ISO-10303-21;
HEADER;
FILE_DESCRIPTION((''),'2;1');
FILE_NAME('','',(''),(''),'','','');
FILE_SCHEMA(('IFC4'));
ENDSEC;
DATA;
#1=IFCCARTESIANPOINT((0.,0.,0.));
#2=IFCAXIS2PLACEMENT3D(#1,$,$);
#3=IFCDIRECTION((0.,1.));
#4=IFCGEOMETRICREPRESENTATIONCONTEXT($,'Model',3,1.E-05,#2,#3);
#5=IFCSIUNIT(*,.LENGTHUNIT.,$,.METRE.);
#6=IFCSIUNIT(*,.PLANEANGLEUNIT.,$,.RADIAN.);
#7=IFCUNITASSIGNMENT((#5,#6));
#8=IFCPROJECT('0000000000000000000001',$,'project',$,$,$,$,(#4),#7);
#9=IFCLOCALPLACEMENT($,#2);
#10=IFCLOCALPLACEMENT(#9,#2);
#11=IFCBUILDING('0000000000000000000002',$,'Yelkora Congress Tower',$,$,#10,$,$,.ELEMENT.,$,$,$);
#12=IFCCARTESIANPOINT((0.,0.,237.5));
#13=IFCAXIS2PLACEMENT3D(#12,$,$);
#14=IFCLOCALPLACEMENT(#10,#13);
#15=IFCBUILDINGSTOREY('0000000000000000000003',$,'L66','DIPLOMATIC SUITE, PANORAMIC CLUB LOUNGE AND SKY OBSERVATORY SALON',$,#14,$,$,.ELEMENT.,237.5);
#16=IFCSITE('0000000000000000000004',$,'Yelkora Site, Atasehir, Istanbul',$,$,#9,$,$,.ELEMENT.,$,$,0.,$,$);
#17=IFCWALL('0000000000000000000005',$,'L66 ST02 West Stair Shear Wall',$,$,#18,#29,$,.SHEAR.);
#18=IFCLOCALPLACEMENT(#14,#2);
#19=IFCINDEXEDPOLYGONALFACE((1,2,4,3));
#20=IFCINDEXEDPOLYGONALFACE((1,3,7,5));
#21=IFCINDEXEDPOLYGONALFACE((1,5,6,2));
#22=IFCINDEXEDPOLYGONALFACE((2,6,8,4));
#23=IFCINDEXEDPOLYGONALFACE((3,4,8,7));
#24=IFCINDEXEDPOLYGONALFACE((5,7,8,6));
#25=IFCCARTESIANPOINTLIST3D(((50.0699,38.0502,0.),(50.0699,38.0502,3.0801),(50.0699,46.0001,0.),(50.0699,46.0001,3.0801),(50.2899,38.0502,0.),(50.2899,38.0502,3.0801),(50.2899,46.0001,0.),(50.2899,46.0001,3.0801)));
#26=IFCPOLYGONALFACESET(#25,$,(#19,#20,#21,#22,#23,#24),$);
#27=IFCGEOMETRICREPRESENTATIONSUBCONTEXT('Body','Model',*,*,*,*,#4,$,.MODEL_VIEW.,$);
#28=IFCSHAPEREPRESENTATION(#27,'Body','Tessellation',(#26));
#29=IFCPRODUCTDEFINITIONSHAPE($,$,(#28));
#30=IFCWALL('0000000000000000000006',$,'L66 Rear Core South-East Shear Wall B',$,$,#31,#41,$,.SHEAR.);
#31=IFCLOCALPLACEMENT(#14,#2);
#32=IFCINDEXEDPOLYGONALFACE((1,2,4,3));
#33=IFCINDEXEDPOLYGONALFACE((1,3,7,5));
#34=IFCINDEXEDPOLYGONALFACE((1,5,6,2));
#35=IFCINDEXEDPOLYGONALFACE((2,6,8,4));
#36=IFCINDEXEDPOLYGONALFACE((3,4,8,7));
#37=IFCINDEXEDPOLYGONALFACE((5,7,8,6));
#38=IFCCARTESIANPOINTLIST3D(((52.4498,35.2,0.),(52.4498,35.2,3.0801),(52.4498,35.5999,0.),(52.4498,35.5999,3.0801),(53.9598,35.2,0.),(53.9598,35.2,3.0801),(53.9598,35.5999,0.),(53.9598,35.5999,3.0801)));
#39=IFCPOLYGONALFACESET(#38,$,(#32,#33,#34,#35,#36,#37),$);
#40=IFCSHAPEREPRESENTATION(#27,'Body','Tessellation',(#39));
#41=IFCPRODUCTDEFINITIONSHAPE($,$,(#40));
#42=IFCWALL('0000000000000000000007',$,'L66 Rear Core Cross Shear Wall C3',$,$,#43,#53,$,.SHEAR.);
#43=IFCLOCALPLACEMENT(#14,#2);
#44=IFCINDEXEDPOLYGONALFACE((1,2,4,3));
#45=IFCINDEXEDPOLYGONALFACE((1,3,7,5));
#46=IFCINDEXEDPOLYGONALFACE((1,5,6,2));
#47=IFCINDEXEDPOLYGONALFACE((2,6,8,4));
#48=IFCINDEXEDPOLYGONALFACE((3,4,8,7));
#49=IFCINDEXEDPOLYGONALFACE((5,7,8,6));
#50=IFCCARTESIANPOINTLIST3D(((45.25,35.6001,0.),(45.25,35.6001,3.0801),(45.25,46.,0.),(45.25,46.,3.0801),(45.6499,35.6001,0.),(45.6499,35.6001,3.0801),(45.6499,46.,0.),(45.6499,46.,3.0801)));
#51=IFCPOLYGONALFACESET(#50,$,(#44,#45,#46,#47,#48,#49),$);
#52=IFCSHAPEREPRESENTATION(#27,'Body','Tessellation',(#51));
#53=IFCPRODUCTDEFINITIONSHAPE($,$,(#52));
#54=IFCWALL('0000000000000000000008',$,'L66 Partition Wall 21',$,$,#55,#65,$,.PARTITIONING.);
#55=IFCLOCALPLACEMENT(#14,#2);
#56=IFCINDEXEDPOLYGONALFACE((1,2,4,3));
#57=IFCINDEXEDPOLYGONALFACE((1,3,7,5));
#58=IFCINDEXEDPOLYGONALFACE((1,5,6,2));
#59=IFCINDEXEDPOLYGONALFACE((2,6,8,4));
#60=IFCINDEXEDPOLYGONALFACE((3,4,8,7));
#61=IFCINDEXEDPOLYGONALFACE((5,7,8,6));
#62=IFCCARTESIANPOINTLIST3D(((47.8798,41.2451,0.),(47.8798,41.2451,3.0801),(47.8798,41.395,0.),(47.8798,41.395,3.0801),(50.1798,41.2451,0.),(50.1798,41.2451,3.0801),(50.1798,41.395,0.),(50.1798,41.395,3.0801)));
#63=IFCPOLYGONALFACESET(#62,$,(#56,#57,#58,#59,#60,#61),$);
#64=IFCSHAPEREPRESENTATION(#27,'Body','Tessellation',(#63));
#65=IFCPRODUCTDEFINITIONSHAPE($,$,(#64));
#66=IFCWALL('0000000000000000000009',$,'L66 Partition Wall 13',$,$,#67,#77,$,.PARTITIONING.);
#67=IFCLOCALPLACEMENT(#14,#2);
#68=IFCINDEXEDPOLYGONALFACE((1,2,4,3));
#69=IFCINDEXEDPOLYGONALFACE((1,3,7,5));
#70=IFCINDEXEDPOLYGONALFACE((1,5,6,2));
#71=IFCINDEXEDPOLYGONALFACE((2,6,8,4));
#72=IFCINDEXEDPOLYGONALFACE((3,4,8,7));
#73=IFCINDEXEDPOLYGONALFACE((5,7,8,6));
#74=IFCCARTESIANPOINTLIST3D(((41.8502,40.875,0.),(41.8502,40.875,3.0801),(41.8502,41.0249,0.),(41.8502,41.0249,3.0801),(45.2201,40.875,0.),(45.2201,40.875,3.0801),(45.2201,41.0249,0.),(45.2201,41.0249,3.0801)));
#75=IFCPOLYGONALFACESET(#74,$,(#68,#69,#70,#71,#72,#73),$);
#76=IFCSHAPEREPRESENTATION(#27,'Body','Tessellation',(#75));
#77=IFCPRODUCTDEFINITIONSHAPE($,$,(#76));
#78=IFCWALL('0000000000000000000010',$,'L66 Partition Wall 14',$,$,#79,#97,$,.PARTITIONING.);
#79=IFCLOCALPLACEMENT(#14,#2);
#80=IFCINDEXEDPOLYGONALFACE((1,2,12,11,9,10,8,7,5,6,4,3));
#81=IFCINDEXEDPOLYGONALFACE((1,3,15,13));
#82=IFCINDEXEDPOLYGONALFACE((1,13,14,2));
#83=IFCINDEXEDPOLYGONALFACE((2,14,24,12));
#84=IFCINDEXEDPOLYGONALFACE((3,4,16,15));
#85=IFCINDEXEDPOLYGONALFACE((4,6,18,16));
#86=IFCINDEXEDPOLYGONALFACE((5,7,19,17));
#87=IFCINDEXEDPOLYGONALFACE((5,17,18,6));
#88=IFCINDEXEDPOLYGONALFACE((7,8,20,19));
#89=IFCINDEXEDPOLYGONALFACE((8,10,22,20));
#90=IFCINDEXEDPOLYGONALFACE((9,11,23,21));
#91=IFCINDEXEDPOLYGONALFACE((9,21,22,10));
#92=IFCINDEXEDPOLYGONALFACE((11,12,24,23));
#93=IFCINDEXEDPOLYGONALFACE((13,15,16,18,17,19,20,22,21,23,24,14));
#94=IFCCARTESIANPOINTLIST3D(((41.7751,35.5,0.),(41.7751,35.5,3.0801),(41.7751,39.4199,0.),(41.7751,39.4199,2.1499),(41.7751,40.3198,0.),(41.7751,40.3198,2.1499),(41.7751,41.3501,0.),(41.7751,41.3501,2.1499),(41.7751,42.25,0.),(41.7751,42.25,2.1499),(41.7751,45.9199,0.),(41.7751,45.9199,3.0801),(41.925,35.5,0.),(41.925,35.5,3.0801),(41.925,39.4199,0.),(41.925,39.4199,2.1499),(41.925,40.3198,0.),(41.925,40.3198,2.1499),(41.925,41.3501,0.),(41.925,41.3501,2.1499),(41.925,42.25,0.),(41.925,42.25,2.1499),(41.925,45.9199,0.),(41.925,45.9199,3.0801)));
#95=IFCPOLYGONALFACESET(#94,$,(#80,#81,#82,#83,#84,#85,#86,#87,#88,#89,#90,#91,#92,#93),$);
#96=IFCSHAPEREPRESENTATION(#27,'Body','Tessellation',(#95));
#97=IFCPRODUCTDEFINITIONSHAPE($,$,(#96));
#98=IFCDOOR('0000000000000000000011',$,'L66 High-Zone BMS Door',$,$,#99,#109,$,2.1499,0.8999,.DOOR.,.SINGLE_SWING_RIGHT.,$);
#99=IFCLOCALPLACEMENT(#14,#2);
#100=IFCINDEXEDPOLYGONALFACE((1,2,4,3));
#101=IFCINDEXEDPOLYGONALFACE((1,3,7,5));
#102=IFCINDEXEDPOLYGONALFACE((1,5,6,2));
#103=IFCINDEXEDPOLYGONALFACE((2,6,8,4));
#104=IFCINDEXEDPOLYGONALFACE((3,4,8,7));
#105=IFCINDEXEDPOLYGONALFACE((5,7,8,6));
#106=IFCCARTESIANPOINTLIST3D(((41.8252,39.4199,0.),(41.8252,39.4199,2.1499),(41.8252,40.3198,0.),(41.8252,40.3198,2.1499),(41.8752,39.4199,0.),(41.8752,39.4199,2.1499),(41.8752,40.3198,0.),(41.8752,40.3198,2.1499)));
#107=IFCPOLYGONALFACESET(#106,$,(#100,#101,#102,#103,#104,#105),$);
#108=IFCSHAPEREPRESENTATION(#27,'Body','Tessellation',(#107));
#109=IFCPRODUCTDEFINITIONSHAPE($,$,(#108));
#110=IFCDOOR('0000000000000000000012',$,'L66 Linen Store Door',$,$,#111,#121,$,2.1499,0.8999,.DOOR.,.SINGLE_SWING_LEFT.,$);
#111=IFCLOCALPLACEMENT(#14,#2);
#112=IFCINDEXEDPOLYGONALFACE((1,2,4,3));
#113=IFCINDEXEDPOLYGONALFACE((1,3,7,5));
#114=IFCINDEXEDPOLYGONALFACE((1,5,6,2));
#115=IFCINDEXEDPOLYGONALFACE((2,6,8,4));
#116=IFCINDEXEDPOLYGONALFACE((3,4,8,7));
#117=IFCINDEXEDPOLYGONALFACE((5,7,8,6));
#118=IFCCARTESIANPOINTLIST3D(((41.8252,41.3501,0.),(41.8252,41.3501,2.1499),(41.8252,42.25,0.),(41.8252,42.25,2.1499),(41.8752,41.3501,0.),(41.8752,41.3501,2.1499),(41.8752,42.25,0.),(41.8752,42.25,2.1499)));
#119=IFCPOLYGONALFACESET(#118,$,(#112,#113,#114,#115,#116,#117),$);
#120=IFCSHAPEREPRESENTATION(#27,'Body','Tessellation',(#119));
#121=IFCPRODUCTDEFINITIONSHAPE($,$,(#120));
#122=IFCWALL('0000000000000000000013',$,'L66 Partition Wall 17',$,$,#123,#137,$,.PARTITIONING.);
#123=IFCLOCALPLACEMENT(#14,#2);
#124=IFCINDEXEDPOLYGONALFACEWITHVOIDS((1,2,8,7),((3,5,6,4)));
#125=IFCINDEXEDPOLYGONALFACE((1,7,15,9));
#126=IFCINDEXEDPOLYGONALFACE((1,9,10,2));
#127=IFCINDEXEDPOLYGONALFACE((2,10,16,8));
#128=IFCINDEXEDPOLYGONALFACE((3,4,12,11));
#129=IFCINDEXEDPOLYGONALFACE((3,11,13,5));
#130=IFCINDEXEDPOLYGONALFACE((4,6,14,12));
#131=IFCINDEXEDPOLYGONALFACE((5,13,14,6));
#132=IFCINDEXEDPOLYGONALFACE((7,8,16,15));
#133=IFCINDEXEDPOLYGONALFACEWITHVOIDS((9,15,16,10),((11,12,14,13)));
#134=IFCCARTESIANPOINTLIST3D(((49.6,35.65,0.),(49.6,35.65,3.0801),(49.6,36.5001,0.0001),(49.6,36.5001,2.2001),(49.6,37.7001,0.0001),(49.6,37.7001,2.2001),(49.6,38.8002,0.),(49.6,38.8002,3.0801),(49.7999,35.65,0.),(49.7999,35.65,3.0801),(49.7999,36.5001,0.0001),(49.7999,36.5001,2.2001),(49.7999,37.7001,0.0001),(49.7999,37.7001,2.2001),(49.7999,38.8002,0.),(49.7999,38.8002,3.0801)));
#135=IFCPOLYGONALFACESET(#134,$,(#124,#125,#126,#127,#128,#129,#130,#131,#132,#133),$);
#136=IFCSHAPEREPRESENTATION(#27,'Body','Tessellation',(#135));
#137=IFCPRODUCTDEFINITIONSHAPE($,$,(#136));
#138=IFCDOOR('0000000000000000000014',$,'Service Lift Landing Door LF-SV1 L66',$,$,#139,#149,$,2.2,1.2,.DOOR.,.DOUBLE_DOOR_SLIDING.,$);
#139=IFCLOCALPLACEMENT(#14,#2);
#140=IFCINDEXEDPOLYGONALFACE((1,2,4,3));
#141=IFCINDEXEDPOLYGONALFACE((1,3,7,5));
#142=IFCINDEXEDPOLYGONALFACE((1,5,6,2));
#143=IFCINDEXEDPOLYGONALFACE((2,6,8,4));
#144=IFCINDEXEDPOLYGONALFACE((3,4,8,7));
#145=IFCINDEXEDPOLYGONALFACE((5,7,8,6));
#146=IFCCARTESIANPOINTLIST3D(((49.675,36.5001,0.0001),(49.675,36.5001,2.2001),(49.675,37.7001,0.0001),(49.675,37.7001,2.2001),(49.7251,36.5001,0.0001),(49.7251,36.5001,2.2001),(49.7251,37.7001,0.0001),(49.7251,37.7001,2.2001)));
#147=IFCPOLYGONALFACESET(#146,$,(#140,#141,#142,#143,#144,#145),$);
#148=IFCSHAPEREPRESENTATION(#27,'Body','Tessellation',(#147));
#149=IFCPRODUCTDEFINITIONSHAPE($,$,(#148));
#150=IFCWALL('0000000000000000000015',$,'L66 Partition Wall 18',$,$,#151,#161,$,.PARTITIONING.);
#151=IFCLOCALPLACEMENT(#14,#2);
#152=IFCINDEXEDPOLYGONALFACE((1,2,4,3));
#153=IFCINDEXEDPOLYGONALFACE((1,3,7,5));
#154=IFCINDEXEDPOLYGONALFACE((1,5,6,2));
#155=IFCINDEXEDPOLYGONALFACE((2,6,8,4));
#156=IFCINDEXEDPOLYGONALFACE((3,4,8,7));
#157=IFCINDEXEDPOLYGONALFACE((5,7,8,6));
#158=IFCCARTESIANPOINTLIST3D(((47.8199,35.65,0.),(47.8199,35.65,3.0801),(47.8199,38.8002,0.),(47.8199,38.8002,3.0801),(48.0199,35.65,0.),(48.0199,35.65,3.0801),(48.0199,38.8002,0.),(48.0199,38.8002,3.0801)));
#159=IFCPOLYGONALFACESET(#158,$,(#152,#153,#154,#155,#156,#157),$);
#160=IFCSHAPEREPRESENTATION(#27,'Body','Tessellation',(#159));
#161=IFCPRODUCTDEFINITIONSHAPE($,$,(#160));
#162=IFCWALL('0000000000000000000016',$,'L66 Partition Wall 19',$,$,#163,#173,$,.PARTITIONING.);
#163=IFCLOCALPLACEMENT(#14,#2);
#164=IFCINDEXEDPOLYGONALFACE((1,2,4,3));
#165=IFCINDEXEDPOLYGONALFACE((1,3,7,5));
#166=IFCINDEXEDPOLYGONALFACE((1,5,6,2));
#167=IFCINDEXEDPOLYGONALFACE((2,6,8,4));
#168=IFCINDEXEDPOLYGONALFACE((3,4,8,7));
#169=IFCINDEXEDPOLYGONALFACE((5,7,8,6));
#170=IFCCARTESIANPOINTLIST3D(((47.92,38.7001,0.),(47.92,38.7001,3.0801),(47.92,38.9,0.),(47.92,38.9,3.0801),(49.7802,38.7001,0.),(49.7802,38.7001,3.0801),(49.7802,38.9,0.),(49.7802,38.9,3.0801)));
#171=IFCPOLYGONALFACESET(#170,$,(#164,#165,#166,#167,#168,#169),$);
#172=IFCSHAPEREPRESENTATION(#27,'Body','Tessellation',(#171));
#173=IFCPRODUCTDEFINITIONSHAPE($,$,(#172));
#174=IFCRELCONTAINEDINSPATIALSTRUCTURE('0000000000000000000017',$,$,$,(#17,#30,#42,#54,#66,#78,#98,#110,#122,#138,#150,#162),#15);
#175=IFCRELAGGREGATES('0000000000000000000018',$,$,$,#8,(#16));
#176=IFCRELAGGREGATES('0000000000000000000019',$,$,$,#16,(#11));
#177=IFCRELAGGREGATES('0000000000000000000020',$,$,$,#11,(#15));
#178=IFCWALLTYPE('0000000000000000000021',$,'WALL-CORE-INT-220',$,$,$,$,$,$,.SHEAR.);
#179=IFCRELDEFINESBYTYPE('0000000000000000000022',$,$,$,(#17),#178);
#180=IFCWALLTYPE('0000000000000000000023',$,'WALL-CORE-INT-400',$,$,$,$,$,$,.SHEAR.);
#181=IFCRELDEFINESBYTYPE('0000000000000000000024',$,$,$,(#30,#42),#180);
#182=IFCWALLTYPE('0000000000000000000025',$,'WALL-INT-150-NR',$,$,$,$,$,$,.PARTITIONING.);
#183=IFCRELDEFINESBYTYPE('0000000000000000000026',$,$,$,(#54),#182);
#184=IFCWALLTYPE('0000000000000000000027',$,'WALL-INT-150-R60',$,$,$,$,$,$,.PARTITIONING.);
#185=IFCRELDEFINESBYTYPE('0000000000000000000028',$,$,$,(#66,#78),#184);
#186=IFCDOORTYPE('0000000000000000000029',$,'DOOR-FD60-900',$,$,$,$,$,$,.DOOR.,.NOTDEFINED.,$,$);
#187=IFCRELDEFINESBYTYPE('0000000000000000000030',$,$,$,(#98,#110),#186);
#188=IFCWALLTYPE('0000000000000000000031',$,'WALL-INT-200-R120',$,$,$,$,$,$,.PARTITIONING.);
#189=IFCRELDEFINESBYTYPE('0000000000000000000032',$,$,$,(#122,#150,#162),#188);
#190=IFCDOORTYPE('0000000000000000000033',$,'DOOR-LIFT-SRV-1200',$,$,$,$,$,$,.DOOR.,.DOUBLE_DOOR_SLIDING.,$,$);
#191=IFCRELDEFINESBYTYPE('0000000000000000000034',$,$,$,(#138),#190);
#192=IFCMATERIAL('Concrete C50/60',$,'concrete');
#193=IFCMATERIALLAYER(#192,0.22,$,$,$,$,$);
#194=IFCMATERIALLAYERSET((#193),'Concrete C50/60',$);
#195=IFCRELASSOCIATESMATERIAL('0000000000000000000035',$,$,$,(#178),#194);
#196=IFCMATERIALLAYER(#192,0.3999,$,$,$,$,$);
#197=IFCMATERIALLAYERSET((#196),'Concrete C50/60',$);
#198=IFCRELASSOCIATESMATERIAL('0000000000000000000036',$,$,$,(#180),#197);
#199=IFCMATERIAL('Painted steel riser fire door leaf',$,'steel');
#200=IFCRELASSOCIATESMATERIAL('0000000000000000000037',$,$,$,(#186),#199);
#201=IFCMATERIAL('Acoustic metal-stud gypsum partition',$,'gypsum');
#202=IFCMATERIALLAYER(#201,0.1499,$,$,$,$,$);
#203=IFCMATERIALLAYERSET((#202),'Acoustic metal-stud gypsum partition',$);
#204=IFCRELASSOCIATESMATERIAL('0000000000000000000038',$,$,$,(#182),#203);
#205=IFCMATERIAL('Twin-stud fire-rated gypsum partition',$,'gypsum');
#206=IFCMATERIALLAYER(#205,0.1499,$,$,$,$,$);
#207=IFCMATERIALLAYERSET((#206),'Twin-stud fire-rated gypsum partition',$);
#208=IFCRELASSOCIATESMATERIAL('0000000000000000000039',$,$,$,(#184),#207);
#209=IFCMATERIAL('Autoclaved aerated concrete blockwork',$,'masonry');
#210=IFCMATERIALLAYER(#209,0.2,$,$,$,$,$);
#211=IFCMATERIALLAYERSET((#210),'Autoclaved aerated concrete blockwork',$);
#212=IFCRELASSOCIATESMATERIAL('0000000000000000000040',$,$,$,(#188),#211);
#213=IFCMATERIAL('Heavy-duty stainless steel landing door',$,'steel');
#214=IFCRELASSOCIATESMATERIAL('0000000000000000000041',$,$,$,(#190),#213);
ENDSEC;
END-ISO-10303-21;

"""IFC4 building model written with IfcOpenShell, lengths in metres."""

from ifc_helpers import new_model, si_unit, direction, frame, frame_2d, origin, place, context, subcontext, project, spatial, rectangle, extrude, material, layer, layer_set, type_object, element, fill, save


model = new_model("IFC4")

# Units and contexts
model_context = context("Model", 3, precision=1e-05, world=origin(), true_north=direction((0.0, 1.0)))
body_context = subcontext(model_context, "Body", "Model", "MODEL_VIEW")
ifc_project = project(units=[si_unit("LENGTHUNIT", "METRE"), si_unit("PLANEANGLEUNIT", "RADIAN")], contexts=[model_context])

# Site, building, storey
site_placement = place(None, origin())
site = spatial("IfcSite", under=ifc_project, at=site_placement, Name="Yelkora Site, Atasehir, Istanbul", CompositionType="ELEMENT", RefElevation=0.0)
building_placement = place(site_placement, origin())
building = spatial("IfcBuilding", under=site, at=building_placement, Name="Yelkora Congress Tower", CompositionType="ELEMENT")
storey_placement = place(building_placement, frame((0.0, 0.0, 237.5)))
storey = spatial("IfcBuildingStorey", under=building, at=storey_placement, Name="L66", Description="DIPLOMATIC SUITE, PANORAMIC CLUB LOUNGE AND SKY OBSERVATORY SALON", CompositionType="ELEMENT", Elevation=237.5)

# Wall
ifc_material_1 = material(Name="Concrete C50/60", Category="concrete")
ifc_layer_1 = layer(ifc_material_1, 0.22)
ifc_layer_set_1 = layer_set([ifc_layer_1], Name="Concrete C50/60")
wall_type_1 = type_object("IfcWallType", Name="WALL-CORE-INT-220", PredefinedType="SHEAR", material=ifc_layer_set_1)
wall_1_placement = place(storey_placement, frame((50.1799, 38.05, 0.0), z_axis=(0.0, 0.0, 1.0), x_axis=(0.0, 1.0, 0.0)))
element("IfcWall", 1, at=wall_1_placement, inside=storey, type_object=wall_type_1, Name="L66 ST02 West Stair Shear Wall", PredefinedType="SHEAR", context=body_context, shape_type="SweptSolid", body=[
    extrude(rectangle(XDim=7.95, YDim=0.22, at=frame_2d((3.9751, 0.0))), origin(), (0.0, 0.0, 1.0), 3.0801),
])

# Shared definitions
ifc_layer_2 = layer(ifc_material_1, 0.3999)
ifc_layer_set_2 = layer_set([ifc_layer_2], Name="Concrete C50/60")
wall_type_2 = type_object("IfcWallType", Name="WALL-CORE-INT-400", PredefinedType="SHEAR", material=ifc_layer_set_2)
ifc_material_2 = material(Name="Painted steel riser fire door leaf", Category="steel")
door_type_1 = type_object("IfcDoorType", Name="DOOR-FD60-900", OperationType="NOTDEFINED", PredefinedType="DOOR", material=ifc_material_2)

# Walls
wall_2_placement = place(storey_placement, frame((52.45, 35.3999, 0.0), z_axis=(0.0, 0.0, 1.0), x_axis=(1.0, 0.0, 0.0)))
element("IfcWall", 2, at=wall_2_placement, inside=storey, type_object=wall_type_2, Name="L66 Rear Core South-East Shear Wall B", PredefinedType="SHEAR", context=body_context, shape_type="SweptSolid", body=[
    extrude(rectangle(XDim=1.51, YDim=0.3999, at=frame_2d((0.7549, 0.0))), origin(), (0.0, 0.0, 1.0), 3.0801),
])
wall_3_placement = place(storey_placement, frame((45.45, 35.6001, 0.0), z_axis=(0.0, 0.0, 1.0), x_axis=(0.0, 1.0, 0.0)))
element("IfcWall", 3, at=wall_3_placement, inside=storey, type_object=wall_type_2, Name="L66 Rear Core Cross Shear Wall C3", PredefinedType="SHEAR", context=body_context, shape_type="SweptSolid", body=[
    extrude(rectangle(XDim=10.3999, YDim=0.3999, at=frame_2d((5.2, 0.0))), origin(), (0.0, 0.0, 1.0), 3.0801),
])
ifc_material_3 = material(Name="Acoustic metal-stud gypsum partition", Category="gypsum")
ifc_layer_3 = layer(ifc_material_3, 0.1499)
ifc_layer_set_3 = layer_set([ifc_layer_3], Name="Acoustic metal-stud gypsum partition")
wall_type_3 = type_object("IfcWallType", Name="WALL-INT-150-NR", PredefinedType="PARTITIONING", material=ifc_layer_set_3)
wall_4_placement = place(storey_placement, frame((47.8799, 41.3201, 0.0), z_axis=(0.0, 0.0, 1.0), x_axis=(1.0, 0.0, 0.0)))
element("IfcWall", 4, at=wall_4_placement, inside=storey, type_object=wall_type_3, Name="L66 Partition Wall 21", PredefinedType="PARTITIONING", context=body_context, shape_type="SweptSolid", body=[
    extrude(rectangle(XDim=2.3, YDim=0.1499, at=frame_2d((1.1499, 0.0))), origin(), (0.0, 0.0, 1.0), 3.0801),
])

# Wall
ifc_material_4 = material(Name="Twin-stud fire-rated gypsum partition", Category="gypsum")
ifc_layer_4 = layer(ifc_material_4, 0.1499)
ifc_layer_set_4 = layer_set([ifc_layer_4], Name="Twin-stud fire-rated gypsum partition")
wall_type_4 = type_object("IfcWallType", Name="WALL-INT-150-R60", PredefinedType="PARTITIONING", material=ifc_layer_set_4)
wall_5_placement = place(storey_placement, frame((41.8501, 40.95, 0.0), z_axis=(0.0, 0.0, 1.0), x_axis=(1.0, 0.0, 0.0)))
element("IfcWall", 5, at=wall_5_placement, inside=storey, type_object=wall_type_4, Name="L66 Partition Wall 13", PredefinedType="PARTITIONING", context=body_context, shape_type="SweptSolid", body=[
    extrude(rectangle(XDim=3.3699, YDim=0.1499, at=frame_2d((1.6851, 0.0))), origin(), (0.0, 0.0, 1.0), 3.0801),
])

# Wall, openings, doors
wall_6_placement = place(storey_placement, frame((41.8501, 35.5, 0.0), z_axis=(0.0, 0.0, 1.0), x_axis=(0.0, 1.0, 0.0)))
wall_6 = element("IfcWall", 6, at=wall_6_placement, inside=storey, type_object=wall_type_4, Name="L66 Partition Wall 14", PredefinedType="PARTITIONING", context=body_context, shape_type="SweptSolid", body=[
    extrude(rectangle(XDim=10.4199, YDim=0.1499, at=frame_2d((5.21, 0.0))), origin(), (0.0, 0.0, 1.0), 3.0801),
])
opening_1_placement = place(wall_6_placement, frame((3.9199, 0.0, 0.0)))
opening_1 = element("IfcOpeningElement", 7, at=opening_1_placement, cuts=wall_6, PredefinedType="OPENING", context=body_context, shape_type="SweptSolid", body=[
    extrude(rectangle(XDim=0.8999, YDim=2.1499, at=frame_2d((0.45, 1.075))), frame((0.0, 0.085, 0.0), z_axis=(0.0, -1.0, 0.0), x_axis=(1.0, 0.0, 0.0)), (0.0, 0.0, 1.0), 0.1699),
])
opening_2_placement = place(wall_6_placement, frame((5.8501, 0.0, 0.0)))
opening_2 = element("IfcOpeningElement", 8, at=opening_2_placement, cuts=wall_6, PredefinedType="OPENING", context=body_context, shape_type="SweptSolid", body=[
    extrude(rectangle(XDim=0.8999, YDim=2.1499, at=frame_2d((0.45, 1.075))), frame((0.0, 0.085, 0.0), z_axis=(0.0, -1.0, 0.0), x_axis=(1.0, 0.0, 0.0)), (0.0, 0.0, 1.0), 0.1699),
])
door_1_placement = place(opening_1_placement, origin())
door_1 = element("IfcDoor", 9, at=door_1_placement, inside=storey, type_object=door_type_1, Name="L66 High-Zone BMS Door", OperationType="SINGLE_SWING_RIGHT", OverallHeight=2.1499, OverallWidth=0.8999, PredefinedType="DOOR", context=body_context, shape_type="SweptSolid", body=[
    extrude(rectangle(XDim=0.8999, YDim=2.1499, at=frame_2d((0.45, 1.075))), frame((0.0, 0.0249, 0.0), z_axis=(0.0, -1.0, 0.0), x_axis=(1.0, 0.0, 0.0)), (0.0, 0.0, 1.0), 0.05),
])
fill(opening_1, door_1)
door_2_placement = place(opening_2_placement, origin())
door_2 = element("IfcDoor", 10, at=door_2_placement, inside=storey, type_object=door_type_1, Name="L66 Linen Store Door", OperationType="SINGLE_SWING_LEFT", OverallHeight=2.1499, OverallWidth=0.8999, PredefinedType="DOOR", context=body_context, shape_type="SweptSolid", body=[
    extrude(rectangle(XDim=0.8999, YDim=2.1499, at=frame_2d((0.45, 1.075))), frame((0.0, 0.0249, 0.0), z_axis=(0.0, -1.0, 0.0), x_axis=(1.0, 0.0, 0.0)), (0.0, 0.0, 1.0), 0.05),
])
fill(opening_2, door_2)

# Wall, opening, door
ifc_material_5 = material(Name="Autoclaved aerated concrete blockwork", Category="masonry")
ifc_layer_5 = layer(ifc_material_5, 0.2)
ifc_layer_set_5 = layer_set([ifc_layer_5], Name="Autoclaved aerated concrete blockwork")
wall_type_5 = type_object("IfcWallType", Name="WALL-INT-200-R120", PredefinedType="PARTITIONING", material=ifc_layer_set_5)
wall_7_placement = place(storey_placement, frame((49.7, 35.6499, 0.0), z_axis=(0.0, 0.0, 1.0), x_axis=(0.0, 1.0, 0.0)))
wall_7 = element("IfcWall", 11, at=wall_7_placement, inside=storey, type_object=wall_type_5, Name="L66 Partition Wall 17", PredefinedType="PARTITIONING", context=body_context, shape_type="SweptSolid", body=[
    extrude(rectangle(XDim=3.1501, YDim=0.2, at=frame_2d((1.5752, 0.0))), origin(), (0.0, 0.0, 1.0), 3.0801),
])
opening_3_placement = place(wall_7_placement, frame((0.8501, 0.0, 0.0)))
opening_3 = element("IfcOpeningElement", 12, at=opening_3_placement, cuts=wall_7, PredefinedType="OPENING", context=body_context, shape_type="SweptSolid", body=[
    extrude(rectangle(XDim=1.2, YDim=2.2, at=frame_2d((0.6001, 1.1001))), frame((0.0, 0.1099, 0.0), z_axis=(0.0, -1.0, 0.0), x_axis=(1.0, 0.0, 0.0)), (0.0, 0.0, 1.0), 0.22),
])
ifc_material_6 = material(Name="Heavy-duty stainless steel landing door", Category="steel")
door_type_2 = type_object("IfcDoorType", Name="DOOR-LIFT-SRV-1200", OperationType="DOUBLE_DOOR_SLIDING", PredefinedType="DOOR", material=ifc_material_6)
door_3_placement = place(opening_3_placement, origin())
door_3 = element("IfcDoor", 13, at=door_3_placement, inside=storey, type_object=door_type_2, Name="Service Lift Landing Door LF-SV1 L66", OperationType="DOUBLE_DOOR_SLIDING", OverallHeight=2.2, OverallWidth=1.2, PredefinedType="DOOR", context=body_context, shape_type="SweptSolid", body=[
    extrude(rectangle(XDim=1.2, YDim=2.2, at=frame_2d((0.6001, 1.1001))), frame((0.0, 0.0249, 0.0), z_axis=(0.0, -1.0, 0.0), x_axis=(1.0, 0.0, 0.0)), (0.0, 0.0, 1.0), 0.05),
])
fill(opening_3, door_3)

# Walls
wall_8_placement = place(storey_placement, frame((47.9199, 35.6499, 0.0), z_axis=(0.0, 0.0, 1.0), x_axis=(0.0, 1.0, 0.0)))
element("IfcWall", 14, at=wall_8_placement, inside=storey, type_object=wall_type_5, Name="L66 Partition Wall 18", PredefinedType="PARTITIONING", context=body_context, shape_type="SweptSolid", body=[
    extrude(rectangle(XDim=3.1501, YDim=0.2, at=frame_2d((1.5752, 0.0))), origin(), (0.0, 0.0, 1.0), 3.0801),
])
wall_9_placement = place(storey_placement, frame((47.9199, 38.8, 0.0), z_axis=(0.0, 0.0, 1.0), x_axis=(1.0, 0.0, 0.0)))
element("IfcWall", 15, at=wall_9_placement, inside=storey, type_object=wall_type_5, Name="L66 Partition Wall 19", PredefinedType="PARTITIONING", context=body_context, shape_type="SweptSolid", body=[
    extrude(rectangle(XDim=1.8601, YDim=0.2, at=frame_2d((0.9302, 0.0))), origin(), (0.0, 0.0, 1.0), 3.0801),
])

save(model, "model.ifc")
